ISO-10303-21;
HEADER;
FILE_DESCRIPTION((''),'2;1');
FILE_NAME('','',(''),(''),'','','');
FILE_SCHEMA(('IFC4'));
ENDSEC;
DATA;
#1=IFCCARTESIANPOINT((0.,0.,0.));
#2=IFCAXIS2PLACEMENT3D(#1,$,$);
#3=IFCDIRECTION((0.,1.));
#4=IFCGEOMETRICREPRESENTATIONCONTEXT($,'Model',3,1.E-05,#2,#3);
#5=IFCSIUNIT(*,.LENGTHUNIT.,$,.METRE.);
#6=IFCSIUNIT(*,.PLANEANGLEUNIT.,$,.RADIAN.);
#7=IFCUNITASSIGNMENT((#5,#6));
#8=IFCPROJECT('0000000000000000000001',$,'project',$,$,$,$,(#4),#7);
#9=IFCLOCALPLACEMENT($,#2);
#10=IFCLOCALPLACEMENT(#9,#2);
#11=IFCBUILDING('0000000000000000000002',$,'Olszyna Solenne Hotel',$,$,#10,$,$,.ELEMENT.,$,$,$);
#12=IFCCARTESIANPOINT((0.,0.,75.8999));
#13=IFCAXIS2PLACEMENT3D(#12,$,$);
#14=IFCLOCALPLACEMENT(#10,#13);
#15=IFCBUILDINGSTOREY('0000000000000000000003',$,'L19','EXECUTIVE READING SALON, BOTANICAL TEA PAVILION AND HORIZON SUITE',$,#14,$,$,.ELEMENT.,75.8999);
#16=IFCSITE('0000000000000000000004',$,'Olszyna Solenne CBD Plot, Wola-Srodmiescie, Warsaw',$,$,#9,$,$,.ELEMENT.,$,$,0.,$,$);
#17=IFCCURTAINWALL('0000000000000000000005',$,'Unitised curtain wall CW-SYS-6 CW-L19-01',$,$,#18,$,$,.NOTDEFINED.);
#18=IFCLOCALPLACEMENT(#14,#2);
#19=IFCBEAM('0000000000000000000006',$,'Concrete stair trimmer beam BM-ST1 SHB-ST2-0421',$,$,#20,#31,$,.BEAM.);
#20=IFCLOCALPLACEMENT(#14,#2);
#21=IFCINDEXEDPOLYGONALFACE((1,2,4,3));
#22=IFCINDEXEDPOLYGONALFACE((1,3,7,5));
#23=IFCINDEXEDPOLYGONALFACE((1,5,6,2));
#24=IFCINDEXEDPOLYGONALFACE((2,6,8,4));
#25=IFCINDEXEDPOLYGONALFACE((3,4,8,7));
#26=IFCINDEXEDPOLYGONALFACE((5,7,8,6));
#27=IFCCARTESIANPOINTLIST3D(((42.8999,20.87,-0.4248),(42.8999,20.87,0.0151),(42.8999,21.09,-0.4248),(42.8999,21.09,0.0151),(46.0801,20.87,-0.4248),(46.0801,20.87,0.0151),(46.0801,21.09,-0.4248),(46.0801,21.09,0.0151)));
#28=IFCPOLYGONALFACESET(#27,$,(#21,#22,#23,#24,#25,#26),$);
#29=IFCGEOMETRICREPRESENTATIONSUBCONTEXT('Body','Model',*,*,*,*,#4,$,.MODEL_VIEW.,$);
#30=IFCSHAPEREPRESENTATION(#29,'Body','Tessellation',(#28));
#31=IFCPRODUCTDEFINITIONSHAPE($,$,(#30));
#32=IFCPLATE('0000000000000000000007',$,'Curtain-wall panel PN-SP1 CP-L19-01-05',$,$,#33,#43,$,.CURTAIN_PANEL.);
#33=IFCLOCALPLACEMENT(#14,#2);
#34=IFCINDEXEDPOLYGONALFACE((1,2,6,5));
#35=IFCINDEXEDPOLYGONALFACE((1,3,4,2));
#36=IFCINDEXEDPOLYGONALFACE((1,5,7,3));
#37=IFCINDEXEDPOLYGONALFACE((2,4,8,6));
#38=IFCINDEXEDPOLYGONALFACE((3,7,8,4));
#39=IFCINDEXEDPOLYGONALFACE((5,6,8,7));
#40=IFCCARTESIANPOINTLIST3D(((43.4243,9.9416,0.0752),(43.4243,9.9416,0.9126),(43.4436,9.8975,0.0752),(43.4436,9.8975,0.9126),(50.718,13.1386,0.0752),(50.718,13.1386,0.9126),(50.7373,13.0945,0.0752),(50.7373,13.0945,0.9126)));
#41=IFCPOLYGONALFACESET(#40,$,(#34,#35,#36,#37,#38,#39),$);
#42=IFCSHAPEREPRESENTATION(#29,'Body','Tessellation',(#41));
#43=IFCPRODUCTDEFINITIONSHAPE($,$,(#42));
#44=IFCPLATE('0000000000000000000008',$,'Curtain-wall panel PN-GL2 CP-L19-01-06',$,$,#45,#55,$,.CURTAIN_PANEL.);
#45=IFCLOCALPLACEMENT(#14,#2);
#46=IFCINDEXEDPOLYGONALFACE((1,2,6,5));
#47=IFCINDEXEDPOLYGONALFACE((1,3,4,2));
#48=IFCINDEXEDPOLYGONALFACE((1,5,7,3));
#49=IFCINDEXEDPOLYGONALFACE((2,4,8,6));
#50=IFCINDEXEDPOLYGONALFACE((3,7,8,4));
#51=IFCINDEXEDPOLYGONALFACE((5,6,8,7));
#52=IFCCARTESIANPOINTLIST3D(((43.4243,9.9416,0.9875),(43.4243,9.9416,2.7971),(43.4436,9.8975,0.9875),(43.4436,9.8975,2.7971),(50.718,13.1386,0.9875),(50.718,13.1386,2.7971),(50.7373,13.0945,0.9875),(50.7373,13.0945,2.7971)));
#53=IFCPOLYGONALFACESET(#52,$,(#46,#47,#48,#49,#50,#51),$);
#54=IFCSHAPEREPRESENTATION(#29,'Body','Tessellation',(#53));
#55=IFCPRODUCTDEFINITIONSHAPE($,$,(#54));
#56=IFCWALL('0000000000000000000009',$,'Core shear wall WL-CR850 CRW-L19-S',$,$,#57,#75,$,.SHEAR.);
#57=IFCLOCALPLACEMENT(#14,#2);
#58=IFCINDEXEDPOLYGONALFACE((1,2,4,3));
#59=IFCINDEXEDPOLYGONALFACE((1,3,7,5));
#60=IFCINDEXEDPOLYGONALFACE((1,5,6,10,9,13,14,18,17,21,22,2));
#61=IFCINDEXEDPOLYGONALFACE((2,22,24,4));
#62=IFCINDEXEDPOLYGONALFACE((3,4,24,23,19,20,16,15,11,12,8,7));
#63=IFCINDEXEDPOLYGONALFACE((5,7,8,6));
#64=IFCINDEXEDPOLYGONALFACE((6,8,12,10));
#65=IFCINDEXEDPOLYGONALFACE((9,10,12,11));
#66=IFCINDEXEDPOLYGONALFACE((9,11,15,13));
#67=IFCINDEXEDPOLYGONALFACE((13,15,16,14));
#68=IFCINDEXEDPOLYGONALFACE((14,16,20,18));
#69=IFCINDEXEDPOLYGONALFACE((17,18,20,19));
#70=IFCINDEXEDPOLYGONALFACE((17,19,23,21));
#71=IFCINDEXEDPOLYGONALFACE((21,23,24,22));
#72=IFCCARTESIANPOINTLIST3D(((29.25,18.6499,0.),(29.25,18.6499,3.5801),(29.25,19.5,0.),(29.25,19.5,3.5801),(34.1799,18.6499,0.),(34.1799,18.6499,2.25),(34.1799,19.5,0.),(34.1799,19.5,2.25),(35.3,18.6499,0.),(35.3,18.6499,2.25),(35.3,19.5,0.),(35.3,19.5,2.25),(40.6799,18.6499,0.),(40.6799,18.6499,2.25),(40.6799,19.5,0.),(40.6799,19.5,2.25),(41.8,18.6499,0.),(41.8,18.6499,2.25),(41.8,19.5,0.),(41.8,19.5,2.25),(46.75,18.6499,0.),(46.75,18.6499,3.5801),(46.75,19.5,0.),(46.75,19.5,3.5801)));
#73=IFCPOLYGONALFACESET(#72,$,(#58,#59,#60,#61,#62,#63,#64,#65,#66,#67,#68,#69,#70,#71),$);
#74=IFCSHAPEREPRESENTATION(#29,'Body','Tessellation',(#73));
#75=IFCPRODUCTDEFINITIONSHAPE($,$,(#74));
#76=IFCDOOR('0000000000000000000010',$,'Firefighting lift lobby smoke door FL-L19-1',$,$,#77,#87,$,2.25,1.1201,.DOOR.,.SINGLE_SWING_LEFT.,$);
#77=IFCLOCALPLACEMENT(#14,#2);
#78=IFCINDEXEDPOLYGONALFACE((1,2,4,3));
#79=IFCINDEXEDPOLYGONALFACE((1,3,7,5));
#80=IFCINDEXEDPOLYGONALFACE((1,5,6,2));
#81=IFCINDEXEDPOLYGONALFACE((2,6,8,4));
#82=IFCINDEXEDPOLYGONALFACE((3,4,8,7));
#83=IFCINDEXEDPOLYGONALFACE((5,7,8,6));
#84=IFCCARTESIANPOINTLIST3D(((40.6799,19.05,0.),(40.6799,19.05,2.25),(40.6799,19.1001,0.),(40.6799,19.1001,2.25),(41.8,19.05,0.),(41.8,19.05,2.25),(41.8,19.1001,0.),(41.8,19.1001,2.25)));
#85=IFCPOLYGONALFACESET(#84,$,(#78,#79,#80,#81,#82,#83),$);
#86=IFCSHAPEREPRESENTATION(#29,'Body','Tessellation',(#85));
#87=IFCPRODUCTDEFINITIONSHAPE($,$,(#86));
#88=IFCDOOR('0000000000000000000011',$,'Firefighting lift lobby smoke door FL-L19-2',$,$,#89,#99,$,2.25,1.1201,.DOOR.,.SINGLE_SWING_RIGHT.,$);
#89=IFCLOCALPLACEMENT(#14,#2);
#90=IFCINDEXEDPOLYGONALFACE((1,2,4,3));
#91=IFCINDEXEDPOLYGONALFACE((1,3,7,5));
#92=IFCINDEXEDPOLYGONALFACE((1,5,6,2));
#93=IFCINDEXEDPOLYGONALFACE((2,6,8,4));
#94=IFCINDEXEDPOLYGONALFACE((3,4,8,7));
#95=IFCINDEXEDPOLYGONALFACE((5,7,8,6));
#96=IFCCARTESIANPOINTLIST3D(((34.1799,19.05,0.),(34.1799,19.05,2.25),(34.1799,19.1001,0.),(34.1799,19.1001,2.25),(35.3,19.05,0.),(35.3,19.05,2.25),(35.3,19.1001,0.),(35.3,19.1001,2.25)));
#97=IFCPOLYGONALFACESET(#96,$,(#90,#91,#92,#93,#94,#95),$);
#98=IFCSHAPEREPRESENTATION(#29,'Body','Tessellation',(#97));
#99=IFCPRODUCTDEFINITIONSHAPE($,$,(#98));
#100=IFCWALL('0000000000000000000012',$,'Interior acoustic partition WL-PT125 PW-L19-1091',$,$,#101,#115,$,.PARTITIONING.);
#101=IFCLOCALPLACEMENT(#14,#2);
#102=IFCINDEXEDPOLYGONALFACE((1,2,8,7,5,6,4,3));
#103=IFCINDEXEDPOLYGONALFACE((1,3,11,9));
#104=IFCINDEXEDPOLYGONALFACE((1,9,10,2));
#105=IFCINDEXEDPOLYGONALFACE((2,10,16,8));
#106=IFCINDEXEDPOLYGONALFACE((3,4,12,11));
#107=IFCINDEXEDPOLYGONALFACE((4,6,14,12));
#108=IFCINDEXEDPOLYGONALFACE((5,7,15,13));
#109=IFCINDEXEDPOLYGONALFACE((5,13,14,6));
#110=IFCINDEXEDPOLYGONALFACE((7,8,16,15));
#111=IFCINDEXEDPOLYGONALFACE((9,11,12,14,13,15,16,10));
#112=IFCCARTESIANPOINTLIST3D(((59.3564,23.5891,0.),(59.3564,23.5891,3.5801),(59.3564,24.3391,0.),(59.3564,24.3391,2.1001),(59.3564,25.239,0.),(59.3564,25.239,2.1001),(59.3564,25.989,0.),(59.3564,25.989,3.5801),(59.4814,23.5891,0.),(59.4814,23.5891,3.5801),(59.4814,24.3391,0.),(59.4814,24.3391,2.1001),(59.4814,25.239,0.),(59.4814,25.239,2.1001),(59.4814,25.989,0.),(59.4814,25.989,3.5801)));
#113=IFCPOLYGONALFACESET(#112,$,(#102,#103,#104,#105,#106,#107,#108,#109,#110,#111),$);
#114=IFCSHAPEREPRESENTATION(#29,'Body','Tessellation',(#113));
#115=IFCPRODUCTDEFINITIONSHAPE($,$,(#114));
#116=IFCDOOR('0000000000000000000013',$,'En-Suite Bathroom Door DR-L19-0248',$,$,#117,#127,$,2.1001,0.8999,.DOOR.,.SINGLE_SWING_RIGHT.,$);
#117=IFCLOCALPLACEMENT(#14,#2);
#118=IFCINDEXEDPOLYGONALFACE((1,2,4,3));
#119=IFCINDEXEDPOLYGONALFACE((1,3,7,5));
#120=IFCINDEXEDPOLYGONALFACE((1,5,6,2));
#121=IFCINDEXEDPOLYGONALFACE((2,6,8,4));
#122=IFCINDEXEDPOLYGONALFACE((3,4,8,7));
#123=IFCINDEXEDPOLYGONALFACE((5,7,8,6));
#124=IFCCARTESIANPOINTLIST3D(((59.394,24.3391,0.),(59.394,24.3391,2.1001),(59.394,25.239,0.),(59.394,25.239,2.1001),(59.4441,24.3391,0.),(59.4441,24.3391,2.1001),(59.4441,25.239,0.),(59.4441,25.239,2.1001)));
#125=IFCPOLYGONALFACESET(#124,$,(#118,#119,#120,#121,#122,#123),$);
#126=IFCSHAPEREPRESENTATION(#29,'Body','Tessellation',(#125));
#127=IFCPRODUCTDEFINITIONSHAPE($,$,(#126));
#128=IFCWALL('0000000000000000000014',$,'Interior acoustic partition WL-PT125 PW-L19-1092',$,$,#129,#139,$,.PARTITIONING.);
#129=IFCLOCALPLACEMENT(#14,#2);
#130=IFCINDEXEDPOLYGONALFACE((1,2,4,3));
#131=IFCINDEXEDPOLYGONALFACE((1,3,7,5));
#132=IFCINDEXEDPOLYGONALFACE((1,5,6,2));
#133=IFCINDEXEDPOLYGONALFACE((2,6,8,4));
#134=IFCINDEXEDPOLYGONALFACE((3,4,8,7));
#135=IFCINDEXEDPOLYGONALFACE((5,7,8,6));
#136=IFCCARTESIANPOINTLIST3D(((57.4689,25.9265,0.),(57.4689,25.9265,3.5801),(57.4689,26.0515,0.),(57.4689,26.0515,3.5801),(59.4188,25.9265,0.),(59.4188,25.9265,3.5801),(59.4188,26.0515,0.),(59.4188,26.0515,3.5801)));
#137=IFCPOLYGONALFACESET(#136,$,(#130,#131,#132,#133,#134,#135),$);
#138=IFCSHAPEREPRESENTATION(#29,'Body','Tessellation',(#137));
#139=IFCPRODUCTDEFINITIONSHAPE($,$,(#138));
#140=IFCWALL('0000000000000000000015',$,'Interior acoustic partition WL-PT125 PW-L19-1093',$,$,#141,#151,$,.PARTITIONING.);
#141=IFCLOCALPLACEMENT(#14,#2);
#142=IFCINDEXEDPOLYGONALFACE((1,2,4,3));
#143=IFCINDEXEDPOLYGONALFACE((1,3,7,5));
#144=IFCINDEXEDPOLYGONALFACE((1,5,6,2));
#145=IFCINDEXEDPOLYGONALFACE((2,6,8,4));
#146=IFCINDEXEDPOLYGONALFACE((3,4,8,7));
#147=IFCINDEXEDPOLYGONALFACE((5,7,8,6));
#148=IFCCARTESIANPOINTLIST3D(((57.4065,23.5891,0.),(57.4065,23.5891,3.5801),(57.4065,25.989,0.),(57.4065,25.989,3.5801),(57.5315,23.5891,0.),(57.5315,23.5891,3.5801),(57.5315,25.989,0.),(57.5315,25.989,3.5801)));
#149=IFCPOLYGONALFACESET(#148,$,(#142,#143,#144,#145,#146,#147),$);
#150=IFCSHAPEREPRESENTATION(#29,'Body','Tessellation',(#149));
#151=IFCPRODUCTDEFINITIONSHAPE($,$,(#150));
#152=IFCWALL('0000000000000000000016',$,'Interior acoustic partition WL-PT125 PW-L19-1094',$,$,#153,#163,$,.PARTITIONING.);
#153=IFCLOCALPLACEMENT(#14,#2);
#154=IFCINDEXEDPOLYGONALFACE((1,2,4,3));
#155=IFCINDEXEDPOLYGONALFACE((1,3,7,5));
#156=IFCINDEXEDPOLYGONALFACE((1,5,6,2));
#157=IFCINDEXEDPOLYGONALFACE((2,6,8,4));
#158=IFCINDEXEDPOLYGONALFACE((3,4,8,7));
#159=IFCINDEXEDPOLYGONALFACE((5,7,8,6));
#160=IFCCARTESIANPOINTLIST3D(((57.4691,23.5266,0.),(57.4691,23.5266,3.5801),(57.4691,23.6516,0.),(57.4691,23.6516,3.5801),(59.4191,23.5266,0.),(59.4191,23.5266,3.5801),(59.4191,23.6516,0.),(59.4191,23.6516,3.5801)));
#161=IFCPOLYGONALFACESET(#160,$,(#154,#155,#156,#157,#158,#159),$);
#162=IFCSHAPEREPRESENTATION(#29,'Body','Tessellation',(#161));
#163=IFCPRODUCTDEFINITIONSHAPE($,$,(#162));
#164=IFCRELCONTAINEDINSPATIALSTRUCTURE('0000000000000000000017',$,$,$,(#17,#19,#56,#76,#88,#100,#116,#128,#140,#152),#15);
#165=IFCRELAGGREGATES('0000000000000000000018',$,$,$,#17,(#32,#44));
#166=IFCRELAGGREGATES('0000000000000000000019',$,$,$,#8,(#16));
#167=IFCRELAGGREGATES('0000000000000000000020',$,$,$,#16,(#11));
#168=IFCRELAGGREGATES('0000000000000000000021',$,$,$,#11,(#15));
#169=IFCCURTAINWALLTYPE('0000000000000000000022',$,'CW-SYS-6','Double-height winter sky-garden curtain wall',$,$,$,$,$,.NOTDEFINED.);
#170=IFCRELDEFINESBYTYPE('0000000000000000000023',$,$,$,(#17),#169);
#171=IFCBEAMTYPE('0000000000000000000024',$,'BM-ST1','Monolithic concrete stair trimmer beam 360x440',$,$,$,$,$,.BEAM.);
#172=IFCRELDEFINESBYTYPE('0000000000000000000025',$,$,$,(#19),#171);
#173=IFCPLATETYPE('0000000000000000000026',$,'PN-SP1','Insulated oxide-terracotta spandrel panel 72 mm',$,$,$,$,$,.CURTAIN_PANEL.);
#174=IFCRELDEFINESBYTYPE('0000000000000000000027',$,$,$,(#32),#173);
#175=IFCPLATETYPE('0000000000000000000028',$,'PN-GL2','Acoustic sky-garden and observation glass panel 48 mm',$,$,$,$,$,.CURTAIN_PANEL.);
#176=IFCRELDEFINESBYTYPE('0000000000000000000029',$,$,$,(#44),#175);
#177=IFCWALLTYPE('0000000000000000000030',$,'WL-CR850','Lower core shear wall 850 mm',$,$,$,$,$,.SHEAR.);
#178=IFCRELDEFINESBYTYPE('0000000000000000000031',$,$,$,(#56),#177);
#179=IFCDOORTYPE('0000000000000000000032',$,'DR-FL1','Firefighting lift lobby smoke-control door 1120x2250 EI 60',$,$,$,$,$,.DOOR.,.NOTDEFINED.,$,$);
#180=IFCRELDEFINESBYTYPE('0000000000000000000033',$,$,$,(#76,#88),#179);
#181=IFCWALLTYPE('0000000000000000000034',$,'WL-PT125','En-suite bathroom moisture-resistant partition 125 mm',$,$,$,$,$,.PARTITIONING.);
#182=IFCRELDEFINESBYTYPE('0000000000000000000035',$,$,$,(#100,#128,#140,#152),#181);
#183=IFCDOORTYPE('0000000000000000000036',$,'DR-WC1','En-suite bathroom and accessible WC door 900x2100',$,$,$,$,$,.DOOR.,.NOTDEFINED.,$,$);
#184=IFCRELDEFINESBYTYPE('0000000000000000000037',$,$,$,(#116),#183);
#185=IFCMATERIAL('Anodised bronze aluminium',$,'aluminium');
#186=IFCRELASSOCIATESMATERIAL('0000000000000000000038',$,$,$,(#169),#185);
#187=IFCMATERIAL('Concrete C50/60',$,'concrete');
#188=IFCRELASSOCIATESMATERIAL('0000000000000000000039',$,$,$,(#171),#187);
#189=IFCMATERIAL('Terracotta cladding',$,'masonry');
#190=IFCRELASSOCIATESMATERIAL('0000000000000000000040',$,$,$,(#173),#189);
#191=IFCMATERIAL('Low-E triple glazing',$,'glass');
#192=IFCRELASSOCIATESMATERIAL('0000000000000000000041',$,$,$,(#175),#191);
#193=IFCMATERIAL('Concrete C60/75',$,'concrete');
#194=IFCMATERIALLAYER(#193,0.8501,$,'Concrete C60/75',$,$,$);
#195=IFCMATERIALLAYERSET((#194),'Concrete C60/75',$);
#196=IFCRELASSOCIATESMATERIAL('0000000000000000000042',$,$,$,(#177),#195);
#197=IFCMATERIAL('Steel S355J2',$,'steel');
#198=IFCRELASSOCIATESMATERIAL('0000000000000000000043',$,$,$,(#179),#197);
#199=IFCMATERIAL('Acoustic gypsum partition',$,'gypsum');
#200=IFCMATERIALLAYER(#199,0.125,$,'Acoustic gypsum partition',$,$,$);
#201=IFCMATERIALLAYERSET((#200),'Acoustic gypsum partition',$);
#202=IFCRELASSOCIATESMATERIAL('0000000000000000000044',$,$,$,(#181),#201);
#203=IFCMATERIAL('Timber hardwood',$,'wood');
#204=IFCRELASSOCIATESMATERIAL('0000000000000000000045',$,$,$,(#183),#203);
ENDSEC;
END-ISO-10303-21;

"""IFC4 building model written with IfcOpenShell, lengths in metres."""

from ifc_helpers import new_model, si_unit, direction, frame, frame_2d, origin, origin_2d, place, context, subcontext, project, spatial, rectangle, extrude, source, transform, mapped, material, layer, layer_set, material_profile, profile_set, type_object, type_shapes, element, fill, aggregate, save


model = new_model("IFC4")

# Units and contexts
model_context = context("Model", 3, precision=1e-05, world=origin(), true_north=direction((0.0, 1.0)))
body_context = subcontext(model_context, "Body", "Model", "MODEL_VIEW")
ifc_project = project(units=[si_unit("LENGTHUNIT", "METRE"), si_unit("PLANEANGLEUNIT", "RADIAN")], contexts=[model_context])

# Site, building, storey
site_placement = place(None, origin())
site = spatial("IfcSite", under=ifc_project, at=site_placement, Name="Olszyna Solenne CBD Plot, Wola-Srodmiescie, Warsaw", CompositionType="ELEMENT", RefElevation=0.0)
building_placement = place(site_placement, origin())
building = spatial("IfcBuilding", under=site, at=building_placement, Name="Olszyna Solenne Hotel", CompositionType="ELEMENT")
storey_placement = place(building_placement, frame((0.0, 0.0, 75.8999)))
storey = spatial("IfcBuildingStorey", under=building, at=storey_placement, Name="L19", Description="EXECUTIVE READING SALON, BOTANICAL TEA PAVILION AND HORIZON SUITE", CompositionType="ELEMENT", Elevation=75.8999)

# Shared definitions
ifc_material_1 = material(Name="Steel S355J2", Category="steel")

# Curtain wall
ifc_material_2 = material(Name="Anodised bronze aluminium", Category="aluminium")
curtain_wall_type = type_object("IfcCurtainWallType", Name="CW-SYS-6", Description="Double-height winter sky-garden curtain wall", PredefinedType="NOTDEFINED", material=ifc_material_2)
curtain_wall_placement = place(storey_placement, origin())
curtain_wall = element("IfcCurtainWall", 1, at=curtain_wall_placement, inside=storey, type_object=curtain_wall_type, Name="Unitised curtain wall CW-SYS-6 CW-L19-01", PredefinedType="NOTDEFINED")

# Beam
ifc_material_3 = material(Name="Concrete C50/60", Category="concrete")
ifc_material_profile_1 = material_profile(ifc_material_3, rectangle(XDim=0.22, YDim=0.4399, at=origin_2d()), Name="RC 220x440", Category="load-bearing")
ifc_profile_set_1 = profile_set([ifc_material_profile_1], Name="Concrete C50/60")
beam_type_1 = type_object("IfcBeamType", Name="BM-ST1", Description="Monolithic concrete stair trimmer beam 360x440", PredefinedType="BEAM", material=ifc_profile_set_1)
shared_shape_1 = source(origin(), body_context, "Body", "SweptSolid", [
    extrude(rectangle(XDim=0.22, YDim=0.4399, at=origin_2d()), origin(), (0.0, 0.0, 1.0), 3.1802),
])
beam_1_placement = place(storey_placement, frame((46.0801, 20.98, -0.2048), z_axis=(-1.0, 0.0, 0.0), x_axis=(0.0, -1.0, 0.0)))
element("IfcBeam", 2, at=beam_1_placement, inside=storey, type_object=beam_type_1, Name="Concrete stair trimmer beam BM-ST1 SHB-ST2-0421", PredefinedType="BEAM", context=body_context, shape_type="MappedRepresentation", body=[
    mapped(shared_shape_1, transform((0.0, 0.0, 0.0), x_axis=(1.0, 0.0, 0.0), y_axis=(0.0, 1.0, 0.0), z_axis=(0.0, 0.0, 1.0), scale=1.0)),
])

# Plates
ifc_material_4 = material(Name="Terracotta cladding", Category="masonry")
plate_type_1 = type_object("IfcPlateType", Name="PN-SP1", Description="Insulated oxide-terracotta spandrel panel 72 mm", PredefinedType="CURTAIN_PANEL", material=ifc_material_4)
shared_shape_2 = source(origin(), body_context, "Body", "SweptSolid", [
    extrude(rectangle(XDim=7.9636, YDim=0.0481, at=origin_2d()), origin(), (0.0, 0.0, 1.0), 0.8374),
])
plate_1_placement = place(storey_placement, frame((47.0808, 11.5181, 0.0752), z_axis=(0.0, 0.0, 1.0), x_axis=(0.915881, 0.401449, 0.0)))
plate_1 = element("IfcPlate", 3, at=plate_1_placement, type_object=plate_type_1, Name="Curtain-wall panel PN-SP1 CP-L19-01-05", PredefinedType="CURTAIN_PANEL", context=body_context, shape_type="MappedRepresentation", body=[
    mapped(shared_shape_2, transform((0.0, 0.0, 0.0), x_axis=(1.0, 0.0, 0.0), y_axis=(0.0, 1.0, 0.0), z_axis=(0.0, 0.0, 1.0), scale=1.0)),
])
ifc_material_5 = material(Name="Low-E triple glazing", Category="glass")
plate_type_2 = type_object("IfcPlateType", Name="PN-GL2", Description="Acoustic sky-garden and observation glass panel 48 mm", PredefinedType="CURTAIN_PANEL", material=ifc_material_5)
shared_shape_3 = source(origin(), body_context, "Body", "SweptSolid", [
    extrude(rectangle(XDim=7.9636, YDim=0.0481, at=origin_2d()), origin(), (0.0, 0.0, 1.0), 1.8096),
])
plate_2_placement = place(storey_placement, frame((47.0808, 11.5181, 0.9875), z_axis=(0.0, 0.0, 1.0), x_axis=(0.915881, 0.401449, 0.0)))
plate_2 = element("IfcPlate", 4, at=plate_2_placement, type_object=plate_type_2, Name="Curtain-wall panel PN-GL2 CP-L19-01-06", PredefinedType="CURTAIN_PANEL", context=body_context, shape_type="MappedRepresentation", body=[
    mapped(shared_shape_3, transform((0.0, 0.0, 0.0), x_axis=(1.0, 0.0, 0.0), y_axis=(0.0, 1.0, 0.0), z_axis=(0.0, 0.0, 1.0), scale=1.0)),
])
aggregate(curtain_wall, [plate_1, plate_2])

# Wall, openings, doors
ifc_material_6 = material(Name="Concrete C60/75", Category="concrete")
ifc_layer_1 = layer(ifc_material_6, 0.8501, Name="Concrete C60/75")
ifc_layer_set_1 = layer_set([ifc_layer_1], Name="Concrete C60/75")
wall_type_1 = type_object("IfcWallType", Name="WL-CR850", Description="Lower core shear wall 850 mm", PredefinedType="SHEAR", material=ifc_layer_set_1)
wall_1_placement = place(storey_placement, frame((46.75, 19.075, 0.0), z_axis=(0.0, 0.0, 1.0), x_axis=(-1.0, 0.0, 0.0)))
wall_1 = element("IfcWall", 5, at=wall_1_placement, inside=storey, type_object=wall_type_1, Name="Core shear wall WL-CR850 CRW-L19-S", PredefinedType="SHEAR", context=body_context, shape_type="SweptSolid", body=[
    extrude(rectangle(XDim=17.5, YDim=0.8501, at=frame_2d((8.75, 0.0))), origin(), (0.0, 0.0, 1.0), 3.5801),
])
opening_1_placement = place(wall_1_placement, frame((4.95, 0.0, 0.0)))
opening_1 = element("IfcOpeningElement", 6, at=opening_1_placement, cuts=wall_1, PredefinedType="OPENING", context=body_context, shape_type="SweptSolid", body=[
    extrude(rectangle(XDim=1.1201, YDim=2.25, at=frame_2d((0.5601, 1.125))), frame((0.0, 0.4351, 0.0), z_axis=(0.0, -1.0, 0.0), x_axis=(1.0, 0.0, 0.0)), (0.0, 0.0, 1.0), 0.8701),
])
opening_2_placement = place(wall_1_placement, frame((11.45, 0.0, 0.0)))
opening_2 = element("IfcOpeningElement", 7, at=opening_2_placement, cuts=wall_1, PredefinedType="OPENING", context=body_context, shape_type="SweptSolid", body=[
    extrude(rectangle(XDim=1.1201, YDim=2.25, at=frame_2d((0.5601, 1.125))), frame((0.0, 0.4351, 0.0), z_axis=(0.0, -1.0, 0.0), x_axis=(1.0, 0.0, 0.0)), (0.0, 0.0, 1.0), 0.8701),
])
door_type_1 = type_object("IfcDoorType", Name="DR-FL1", Description="Firefighting lift lobby smoke-control door 1120x2250 EI 60", OperationType="NOTDEFINED", PredefinedType="DOOR", material=ifc_material_1)
shared_shape_4 = source(origin(), body_context, "Body", "SweptSolid", [
    extrude(rectangle(XDim=1.1201, YDim=2.25, at=frame_2d((0.5601, 1.125))), frame((0.0, 0.0249, 0.0), z_axis=(0.0, -1.0, 0.0), x_axis=(1.0, 0.0, 0.0)), (0.0, 0.0, 1.0), 0.05),
])
type_shapes(door_type_1, [shared_shape_4])
door_1_placement = place(opening_1_placement, origin())
door_1 = element("IfcDoor", 8, at=door_1_placement, inside=storey, type_object=door_type_1, Name="Firefighting lift lobby smoke door FL-L19-1", OperationType="SINGLE_SWING_LEFT", OverallHeight=2.25, OverallWidth=1.1201, PredefinedType="DOOR", context=body_context, shape_type="MappedRepresentation", body=[
    mapped(shared_shape_4, transform((0.0, 0.0, 0.0), x_axis=(1.0, 0.0, 0.0), y_axis=(0.0, 1.0, 0.0), z_axis=(0.0, 0.0, 1.0), scale=1.0)),
])
fill(opening_1, door_1)
door_2_placement = place(opening_2_placement, origin())
door_2 = element("IfcDoor", 9, at=door_2_placement, inside=storey, type_object=door_type_1, Name="Firefighting lift lobby smoke door FL-L19-2", OperationType="SINGLE_SWING_RIGHT", OverallHeight=2.25, OverallWidth=1.1201, PredefinedType="DOOR", context=body_context, shape_type="MappedRepresentation", body=[
    mapped(shared_shape_4, transform((0.0, 0.0, 0.0), x_axis=(1.0, 0.0, 0.0), y_axis=(0.0, 1.0, 0.0), z_axis=(0.0, 0.0, 1.0), scale=1.0)),
])
fill(opening_2, door_2)

# Wall, opening, door
ifc_material_7 = material(Name="Acoustic gypsum partition", Category="gypsum")
ifc_layer_2 = layer(ifc_material_7, 0.125, Name="Acoustic gypsum partition")
ifc_layer_set_2 = layer_set([ifc_layer_2], Name="Acoustic gypsum partition")
wall_type_2 = type_object("IfcWallType", Name="WL-PT125", Description="En-suite bathroom moisture-resistant partition 125 mm", PredefinedType="PARTITIONING", material=ifc_layer_set_2)
wall_2_placement = place(storey_placement, frame((59.4189, 23.5891, 0.0), z_axis=(0.0, 0.0, 1.0), x_axis=(0.0, 1.0, 0.0)))
wall_2 = element("IfcWall", 10, at=wall_2_placement, inside=storey, type_object=wall_type_2, Name="Interior acoustic partition WL-PT125 PW-L19-1091", PredefinedType="PARTITIONING", context=body_context, shape_type="SweptSolid", body=[
    extrude(rectangle(XDim=2.3999, YDim=0.125, at=frame_2d((1.2, 0.0))), origin(), (0.0, 0.0, 1.0), 3.5801),
])
opening_3_placement = place(wall_2_placement, frame((0.75, 0.0, 0.0)))
opening_3 = element("IfcOpeningElement", 11, at=opening_3_placement, cuts=wall_2, PredefinedType="OPENING", context=body_context, shape_type="SweptSolid", body=[
    extrude(rectangle(XDim=0.8999, YDim=2.1001, at=frame_2d((0.45, 1.05))), frame((0.0, 0.0725, 0.0), z_axis=(0.0, -1.0, 0.0), x_axis=(1.0, 0.0, 0.0)), (0.0, 0.0, 1.0), 0.145),
])
ifc_material_8 = material(Name="Timber hardwood", Category="wood")
door_type_2 = type_object("IfcDoorType", Name="DR-WC1", Description="En-suite bathroom and accessible WC door 900x2100", OperationType="NOTDEFINED", PredefinedType="DOOR", material=ifc_material_8)
shared_shape_5 = source(origin(), body_context, "Body", "SweptSolid", [
    extrude(rectangle(XDim=0.8999, YDim=2.1001, at=frame_2d((0.45, 1.05))), frame((0.0, 0.0249, 0.0), z_axis=(0.0, -1.0, 0.0), x_axis=(1.0, 0.0, 0.0)), (0.0, 0.0, 1.0), 0.05),
])
type_shapes(door_type_2, [shared_shape_5])
door_3_placement = place(opening_3_placement, origin())
door_3 = element("IfcDoor", 12, at=door_3_placement, inside=storey, type_object=door_type_2, Name="En-Suite Bathroom Door DR-L19-0248", OperationType="SINGLE_SWING_RIGHT", OverallHeight=2.1001, OverallWidth=0.8999, PredefinedType="DOOR", context=body_context, shape_type="MappedRepresentation", body=[
    mapped(shared_shape_5, transform((0.0, 0.0, 0.0), x_axis=(1.0, 0.0, 0.0), y_axis=(0.0, 1.0, 0.0), z_axis=(0.0, 0.0, 1.0), scale=1.0)),
])
fill(opening_3, door_3)

# Walls
wall_3_placement = place(storey_placement, frame((59.4189, 25.989, 0.0), z_axis=(0.0, 0.0, 1.0), x_axis=(-1.0, 0.0, 0.0)))
element("IfcWall", 13, at=wall_3_placement, inside=storey, type_object=wall_type_2, Name="Interior acoustic partition WL-PT125 PW-L19-1092", PredefinedType="PARTITIONING", context=body_context, shape_type="SweptSolid", body=[
    extrude(rectangle(XDim=1.95, YDim=0.125, at=frame_2d((0.9751, 0.0))), origin(), (0.0, 0.0, 1.0), 3.5801),
])
wall_4_placement = place(storey_placement, frame((57.469, 25.989, 0.0), z_axis=(0.0, 0.0, 1.0), x_axis=(0.0, -1.0, 0.0)))
element("IfcWall", 14, at=wall_4_placement, inside=storey, type_object=wall_type_2, Name="Interior acoustic partition WL-PT125 PW-L19-1093", PredefinedType="PARTITIONING", context=body_context, shape_type="SweptSolid", body=[
    extrude(rectangle(XDim=2.3999, YDim=0.125, at=frame_2d((1.2, 0.0))), origin(), (0.0, 0.0, 1.0), 3.5801),
])
wall_5_placement = place(storey_placement, frame((57.469, 23.5891, 0.0), z_axis=(0.0, 0.0, 1.0), x_axis=(1.0, 0.0, 0.0)))
element("IfcWall", 15, at=wall_5_placement, inside=storey, type_object=wall_type_2, Name="Interior acoustic partition WL-PT125 PW-L19-1094", PredefinedType="PARTITIONING", context=body_context, shape_type="SweptSolid", body=[
    extrude(rectangle(XDim=1.95, YDim=0.125, at=frame_2d((0.9751, 0.0))), origin(), (0.0, 0.0, 1.0), 3.5801),
])

save(model, "model.ifc")
